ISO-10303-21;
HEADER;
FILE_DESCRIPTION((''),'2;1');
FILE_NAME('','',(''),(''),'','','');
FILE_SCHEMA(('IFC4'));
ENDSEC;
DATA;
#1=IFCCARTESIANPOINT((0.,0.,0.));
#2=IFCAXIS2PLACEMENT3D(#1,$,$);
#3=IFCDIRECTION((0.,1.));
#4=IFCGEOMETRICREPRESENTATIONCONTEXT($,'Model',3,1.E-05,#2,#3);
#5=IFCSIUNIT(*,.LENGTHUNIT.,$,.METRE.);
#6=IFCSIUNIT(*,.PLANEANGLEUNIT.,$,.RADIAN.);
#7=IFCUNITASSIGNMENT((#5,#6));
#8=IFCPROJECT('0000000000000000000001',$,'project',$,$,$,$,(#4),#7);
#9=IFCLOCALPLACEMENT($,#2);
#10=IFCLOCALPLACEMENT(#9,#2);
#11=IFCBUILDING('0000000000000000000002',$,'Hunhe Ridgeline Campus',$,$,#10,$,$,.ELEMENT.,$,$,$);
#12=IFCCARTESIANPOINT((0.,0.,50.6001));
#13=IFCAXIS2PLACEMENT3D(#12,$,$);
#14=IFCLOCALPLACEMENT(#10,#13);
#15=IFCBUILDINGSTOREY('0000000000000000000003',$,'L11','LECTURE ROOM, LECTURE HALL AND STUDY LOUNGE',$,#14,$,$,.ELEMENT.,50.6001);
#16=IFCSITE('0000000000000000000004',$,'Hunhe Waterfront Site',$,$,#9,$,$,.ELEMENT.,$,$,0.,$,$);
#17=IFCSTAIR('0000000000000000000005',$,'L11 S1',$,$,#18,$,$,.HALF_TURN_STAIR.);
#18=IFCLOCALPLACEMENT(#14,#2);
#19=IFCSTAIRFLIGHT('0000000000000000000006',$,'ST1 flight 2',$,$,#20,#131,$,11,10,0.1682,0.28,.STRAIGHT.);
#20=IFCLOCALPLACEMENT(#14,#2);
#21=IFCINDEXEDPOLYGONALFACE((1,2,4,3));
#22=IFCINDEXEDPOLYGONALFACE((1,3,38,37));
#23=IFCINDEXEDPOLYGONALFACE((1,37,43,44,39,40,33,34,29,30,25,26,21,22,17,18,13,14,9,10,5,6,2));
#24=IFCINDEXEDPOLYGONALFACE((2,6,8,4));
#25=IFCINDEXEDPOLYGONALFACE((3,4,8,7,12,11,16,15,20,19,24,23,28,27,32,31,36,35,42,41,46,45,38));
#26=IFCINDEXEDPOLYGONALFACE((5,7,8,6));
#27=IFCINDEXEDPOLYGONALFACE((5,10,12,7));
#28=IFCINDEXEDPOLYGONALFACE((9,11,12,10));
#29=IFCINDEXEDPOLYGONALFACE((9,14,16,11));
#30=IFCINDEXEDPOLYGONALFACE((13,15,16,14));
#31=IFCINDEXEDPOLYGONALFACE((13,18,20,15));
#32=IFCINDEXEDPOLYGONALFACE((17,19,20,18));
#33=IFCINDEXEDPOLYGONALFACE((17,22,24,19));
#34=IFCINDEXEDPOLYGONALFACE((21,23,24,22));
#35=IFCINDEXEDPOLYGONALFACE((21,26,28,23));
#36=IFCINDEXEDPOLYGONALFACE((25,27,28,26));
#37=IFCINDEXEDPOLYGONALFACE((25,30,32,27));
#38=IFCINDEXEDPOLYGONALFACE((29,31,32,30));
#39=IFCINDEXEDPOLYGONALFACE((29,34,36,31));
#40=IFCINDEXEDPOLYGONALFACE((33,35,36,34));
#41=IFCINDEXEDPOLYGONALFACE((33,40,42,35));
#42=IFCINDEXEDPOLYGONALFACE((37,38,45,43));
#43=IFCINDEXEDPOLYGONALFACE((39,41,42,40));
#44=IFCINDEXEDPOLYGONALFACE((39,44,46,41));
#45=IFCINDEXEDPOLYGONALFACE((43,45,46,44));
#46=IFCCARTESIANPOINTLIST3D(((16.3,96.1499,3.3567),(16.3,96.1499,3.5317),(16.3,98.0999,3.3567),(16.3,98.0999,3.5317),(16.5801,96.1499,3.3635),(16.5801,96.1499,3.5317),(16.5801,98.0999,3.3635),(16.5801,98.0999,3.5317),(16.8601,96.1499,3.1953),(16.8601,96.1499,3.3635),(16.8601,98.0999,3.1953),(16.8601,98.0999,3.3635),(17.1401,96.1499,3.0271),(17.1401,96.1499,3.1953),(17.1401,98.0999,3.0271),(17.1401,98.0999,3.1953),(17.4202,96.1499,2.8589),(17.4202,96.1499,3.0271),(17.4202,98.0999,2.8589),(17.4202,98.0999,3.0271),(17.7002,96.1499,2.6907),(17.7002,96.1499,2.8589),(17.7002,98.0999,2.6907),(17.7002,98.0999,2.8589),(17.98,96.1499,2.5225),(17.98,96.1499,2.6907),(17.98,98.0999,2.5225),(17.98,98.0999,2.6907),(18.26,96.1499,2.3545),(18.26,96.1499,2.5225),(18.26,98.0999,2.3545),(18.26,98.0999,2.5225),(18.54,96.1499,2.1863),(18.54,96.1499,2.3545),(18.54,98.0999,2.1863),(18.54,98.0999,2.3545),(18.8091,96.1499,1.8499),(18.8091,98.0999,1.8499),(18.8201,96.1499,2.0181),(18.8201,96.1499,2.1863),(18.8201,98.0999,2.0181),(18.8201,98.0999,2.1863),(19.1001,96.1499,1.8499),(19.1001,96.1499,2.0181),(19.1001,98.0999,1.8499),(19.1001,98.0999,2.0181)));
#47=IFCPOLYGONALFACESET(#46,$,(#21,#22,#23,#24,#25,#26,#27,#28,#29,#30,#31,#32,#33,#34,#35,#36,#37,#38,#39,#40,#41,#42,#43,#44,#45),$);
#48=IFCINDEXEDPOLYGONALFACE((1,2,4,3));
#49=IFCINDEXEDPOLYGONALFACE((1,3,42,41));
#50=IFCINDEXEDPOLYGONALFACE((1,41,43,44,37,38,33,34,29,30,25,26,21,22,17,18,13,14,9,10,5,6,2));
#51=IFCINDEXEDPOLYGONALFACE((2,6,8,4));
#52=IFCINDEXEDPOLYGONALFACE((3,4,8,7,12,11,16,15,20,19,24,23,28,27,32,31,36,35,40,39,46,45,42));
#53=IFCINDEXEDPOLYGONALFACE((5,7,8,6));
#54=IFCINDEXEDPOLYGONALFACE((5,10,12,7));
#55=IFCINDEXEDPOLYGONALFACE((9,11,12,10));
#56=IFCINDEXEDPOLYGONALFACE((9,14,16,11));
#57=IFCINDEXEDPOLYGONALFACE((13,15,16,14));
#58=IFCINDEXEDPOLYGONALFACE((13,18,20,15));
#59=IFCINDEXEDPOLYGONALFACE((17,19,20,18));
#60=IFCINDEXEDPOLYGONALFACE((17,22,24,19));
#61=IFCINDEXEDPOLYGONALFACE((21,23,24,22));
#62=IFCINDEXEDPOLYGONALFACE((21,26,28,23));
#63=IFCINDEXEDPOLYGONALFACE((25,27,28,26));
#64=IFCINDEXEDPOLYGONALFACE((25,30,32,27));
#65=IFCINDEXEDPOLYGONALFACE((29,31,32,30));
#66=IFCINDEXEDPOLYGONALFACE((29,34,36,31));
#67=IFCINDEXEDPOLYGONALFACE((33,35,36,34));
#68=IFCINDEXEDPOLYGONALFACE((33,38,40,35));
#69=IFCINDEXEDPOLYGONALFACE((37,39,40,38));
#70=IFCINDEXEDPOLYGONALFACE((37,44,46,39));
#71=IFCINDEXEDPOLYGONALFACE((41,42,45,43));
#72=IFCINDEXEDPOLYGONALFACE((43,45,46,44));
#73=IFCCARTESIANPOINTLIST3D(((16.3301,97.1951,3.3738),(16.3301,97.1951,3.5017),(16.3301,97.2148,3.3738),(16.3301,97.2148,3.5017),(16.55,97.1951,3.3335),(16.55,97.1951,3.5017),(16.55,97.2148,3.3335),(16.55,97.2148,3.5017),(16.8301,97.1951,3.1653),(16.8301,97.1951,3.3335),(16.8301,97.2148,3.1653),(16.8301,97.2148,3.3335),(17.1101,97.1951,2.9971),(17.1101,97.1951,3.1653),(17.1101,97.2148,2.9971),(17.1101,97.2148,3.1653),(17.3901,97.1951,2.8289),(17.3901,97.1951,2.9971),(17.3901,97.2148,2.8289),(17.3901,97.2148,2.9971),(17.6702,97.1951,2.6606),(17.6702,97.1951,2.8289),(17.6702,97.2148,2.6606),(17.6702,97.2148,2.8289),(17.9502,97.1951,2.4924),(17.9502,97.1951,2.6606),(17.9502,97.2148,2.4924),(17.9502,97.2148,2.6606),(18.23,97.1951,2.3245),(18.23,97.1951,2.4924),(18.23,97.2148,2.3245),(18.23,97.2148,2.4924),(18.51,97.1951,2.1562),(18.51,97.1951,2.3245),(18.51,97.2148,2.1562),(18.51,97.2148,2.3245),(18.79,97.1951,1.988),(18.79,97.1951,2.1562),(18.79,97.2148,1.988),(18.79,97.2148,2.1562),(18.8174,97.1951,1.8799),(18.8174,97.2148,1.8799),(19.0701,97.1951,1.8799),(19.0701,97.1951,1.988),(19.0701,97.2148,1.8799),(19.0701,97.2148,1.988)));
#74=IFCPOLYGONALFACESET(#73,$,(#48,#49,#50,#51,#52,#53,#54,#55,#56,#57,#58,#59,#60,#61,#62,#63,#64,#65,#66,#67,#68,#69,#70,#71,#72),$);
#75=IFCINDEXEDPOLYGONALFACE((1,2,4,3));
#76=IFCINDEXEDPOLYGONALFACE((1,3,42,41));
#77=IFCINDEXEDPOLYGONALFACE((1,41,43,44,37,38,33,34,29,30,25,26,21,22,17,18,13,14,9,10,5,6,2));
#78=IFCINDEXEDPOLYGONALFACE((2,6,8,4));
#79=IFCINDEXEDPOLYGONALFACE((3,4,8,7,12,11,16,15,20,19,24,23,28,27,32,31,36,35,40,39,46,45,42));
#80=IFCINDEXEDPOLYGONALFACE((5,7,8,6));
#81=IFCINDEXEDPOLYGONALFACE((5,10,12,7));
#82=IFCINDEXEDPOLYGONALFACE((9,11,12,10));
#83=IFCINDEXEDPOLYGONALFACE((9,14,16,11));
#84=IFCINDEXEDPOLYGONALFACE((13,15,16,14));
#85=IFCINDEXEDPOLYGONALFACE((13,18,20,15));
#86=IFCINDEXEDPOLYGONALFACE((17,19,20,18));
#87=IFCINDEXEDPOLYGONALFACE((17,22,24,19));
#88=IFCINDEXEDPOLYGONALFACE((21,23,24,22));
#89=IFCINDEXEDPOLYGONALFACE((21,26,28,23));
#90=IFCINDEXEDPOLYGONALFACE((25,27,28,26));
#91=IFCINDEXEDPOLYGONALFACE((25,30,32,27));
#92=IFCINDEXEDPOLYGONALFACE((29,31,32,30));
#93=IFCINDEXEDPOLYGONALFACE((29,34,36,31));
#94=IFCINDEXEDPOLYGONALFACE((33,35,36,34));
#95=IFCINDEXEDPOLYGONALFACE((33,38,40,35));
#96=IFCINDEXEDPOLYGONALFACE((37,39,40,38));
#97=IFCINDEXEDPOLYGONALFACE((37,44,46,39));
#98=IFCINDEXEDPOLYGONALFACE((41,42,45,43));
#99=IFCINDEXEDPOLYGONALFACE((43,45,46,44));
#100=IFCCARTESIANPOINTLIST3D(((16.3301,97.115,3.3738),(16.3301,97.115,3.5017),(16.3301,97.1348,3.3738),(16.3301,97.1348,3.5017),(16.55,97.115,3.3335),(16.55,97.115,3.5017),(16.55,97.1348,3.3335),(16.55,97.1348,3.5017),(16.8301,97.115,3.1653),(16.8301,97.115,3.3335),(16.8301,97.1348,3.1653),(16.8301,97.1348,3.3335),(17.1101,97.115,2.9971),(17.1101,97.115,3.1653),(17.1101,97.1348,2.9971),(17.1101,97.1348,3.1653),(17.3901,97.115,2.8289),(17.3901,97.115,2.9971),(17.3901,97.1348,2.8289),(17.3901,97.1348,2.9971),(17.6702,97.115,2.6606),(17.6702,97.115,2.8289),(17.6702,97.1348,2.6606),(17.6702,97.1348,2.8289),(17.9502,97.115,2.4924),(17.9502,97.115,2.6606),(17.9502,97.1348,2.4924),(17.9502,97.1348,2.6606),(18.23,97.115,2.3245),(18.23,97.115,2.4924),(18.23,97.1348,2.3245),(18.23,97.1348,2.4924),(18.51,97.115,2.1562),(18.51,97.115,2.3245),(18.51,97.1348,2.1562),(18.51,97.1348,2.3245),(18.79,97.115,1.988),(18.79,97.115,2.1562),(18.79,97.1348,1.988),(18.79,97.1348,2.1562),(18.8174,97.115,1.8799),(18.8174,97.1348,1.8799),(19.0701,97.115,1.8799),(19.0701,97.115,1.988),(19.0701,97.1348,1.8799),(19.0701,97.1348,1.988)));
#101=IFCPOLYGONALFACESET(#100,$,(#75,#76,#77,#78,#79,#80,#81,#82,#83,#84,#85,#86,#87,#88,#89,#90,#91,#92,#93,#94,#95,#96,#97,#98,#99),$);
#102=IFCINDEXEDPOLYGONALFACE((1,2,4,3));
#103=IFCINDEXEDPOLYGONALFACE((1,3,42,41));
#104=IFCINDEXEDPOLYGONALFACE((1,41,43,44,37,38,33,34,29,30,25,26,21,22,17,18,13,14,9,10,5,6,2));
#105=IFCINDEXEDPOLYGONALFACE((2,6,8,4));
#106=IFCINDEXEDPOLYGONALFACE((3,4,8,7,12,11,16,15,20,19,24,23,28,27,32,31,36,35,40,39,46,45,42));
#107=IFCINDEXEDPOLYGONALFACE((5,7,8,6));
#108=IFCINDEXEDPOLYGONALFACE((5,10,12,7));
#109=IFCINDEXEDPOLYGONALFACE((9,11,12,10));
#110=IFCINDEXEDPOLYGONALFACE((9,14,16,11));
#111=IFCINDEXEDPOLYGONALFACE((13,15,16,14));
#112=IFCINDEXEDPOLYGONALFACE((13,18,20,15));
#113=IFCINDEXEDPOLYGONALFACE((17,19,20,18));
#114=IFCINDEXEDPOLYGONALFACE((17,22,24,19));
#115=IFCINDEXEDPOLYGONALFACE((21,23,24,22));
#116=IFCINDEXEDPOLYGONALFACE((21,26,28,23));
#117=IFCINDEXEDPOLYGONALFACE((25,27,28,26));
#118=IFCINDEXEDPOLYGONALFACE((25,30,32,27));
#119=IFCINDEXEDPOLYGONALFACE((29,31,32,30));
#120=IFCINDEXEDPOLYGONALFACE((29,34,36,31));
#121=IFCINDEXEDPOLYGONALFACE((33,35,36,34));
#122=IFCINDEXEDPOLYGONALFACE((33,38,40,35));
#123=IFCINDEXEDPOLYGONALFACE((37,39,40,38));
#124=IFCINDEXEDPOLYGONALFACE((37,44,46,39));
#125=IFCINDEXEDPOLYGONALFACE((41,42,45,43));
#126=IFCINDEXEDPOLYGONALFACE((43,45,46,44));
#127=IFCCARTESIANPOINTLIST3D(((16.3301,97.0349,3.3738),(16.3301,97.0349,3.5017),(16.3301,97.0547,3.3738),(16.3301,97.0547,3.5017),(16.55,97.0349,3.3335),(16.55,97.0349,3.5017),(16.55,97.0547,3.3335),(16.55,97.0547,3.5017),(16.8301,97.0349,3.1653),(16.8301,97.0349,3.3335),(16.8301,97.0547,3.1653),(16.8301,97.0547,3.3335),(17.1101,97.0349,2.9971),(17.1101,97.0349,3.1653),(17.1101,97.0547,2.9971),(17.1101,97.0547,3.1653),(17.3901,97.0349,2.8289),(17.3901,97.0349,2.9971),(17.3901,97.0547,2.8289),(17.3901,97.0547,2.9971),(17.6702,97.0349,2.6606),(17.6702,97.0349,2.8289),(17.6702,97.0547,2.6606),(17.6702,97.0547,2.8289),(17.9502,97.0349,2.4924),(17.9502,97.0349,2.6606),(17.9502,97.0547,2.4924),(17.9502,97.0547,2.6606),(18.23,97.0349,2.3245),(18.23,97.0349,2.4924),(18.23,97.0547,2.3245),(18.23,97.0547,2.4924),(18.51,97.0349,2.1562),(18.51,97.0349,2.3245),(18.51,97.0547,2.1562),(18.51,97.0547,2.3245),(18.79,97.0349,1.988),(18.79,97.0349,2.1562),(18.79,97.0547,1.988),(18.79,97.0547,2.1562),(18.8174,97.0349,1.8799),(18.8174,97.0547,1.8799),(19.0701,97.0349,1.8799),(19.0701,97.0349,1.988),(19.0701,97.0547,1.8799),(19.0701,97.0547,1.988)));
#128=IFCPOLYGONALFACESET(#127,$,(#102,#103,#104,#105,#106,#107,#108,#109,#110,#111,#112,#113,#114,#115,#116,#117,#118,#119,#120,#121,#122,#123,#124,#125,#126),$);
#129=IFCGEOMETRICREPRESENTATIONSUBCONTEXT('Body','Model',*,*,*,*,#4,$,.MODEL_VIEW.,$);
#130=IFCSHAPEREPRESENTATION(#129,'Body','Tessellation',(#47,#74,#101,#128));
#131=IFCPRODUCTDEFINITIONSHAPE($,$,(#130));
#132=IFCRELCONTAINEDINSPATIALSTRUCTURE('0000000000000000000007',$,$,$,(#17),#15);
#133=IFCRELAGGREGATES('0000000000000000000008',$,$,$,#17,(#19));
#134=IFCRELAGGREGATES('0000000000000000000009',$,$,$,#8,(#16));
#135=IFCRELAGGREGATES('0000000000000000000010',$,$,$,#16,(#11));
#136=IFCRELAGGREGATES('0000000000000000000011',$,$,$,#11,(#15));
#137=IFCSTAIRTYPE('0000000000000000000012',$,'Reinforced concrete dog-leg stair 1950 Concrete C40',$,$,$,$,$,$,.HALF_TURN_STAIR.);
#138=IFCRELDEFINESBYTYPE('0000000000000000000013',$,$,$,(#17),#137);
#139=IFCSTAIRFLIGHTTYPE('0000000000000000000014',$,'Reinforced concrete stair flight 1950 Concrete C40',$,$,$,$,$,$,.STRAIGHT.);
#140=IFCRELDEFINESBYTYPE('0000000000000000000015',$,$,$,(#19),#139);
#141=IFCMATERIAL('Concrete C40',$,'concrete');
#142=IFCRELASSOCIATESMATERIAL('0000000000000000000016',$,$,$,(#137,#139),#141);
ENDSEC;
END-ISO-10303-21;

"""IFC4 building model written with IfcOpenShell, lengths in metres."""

from ifc_helpers import new_model, si_unit, direction, frame, origin, place, context, subcontext, project, spatial, polyline, outline, extrude, material, type_object, element, aggregate, save


model = new_model("IFC4")

# Units and contexts
model_context = context("Model", 3, precision=1e-05, world=origin(), true_north=direction((0.0, 1.0)))
body_context = subcontext(model_context, "Body", "Model", "MODEL_VIEW")
ifc_project = project(units=[si_unit("LENGTHUNIT", "METRE"), si_unit("PLANEANGLEUNIT", "RADIAN")], contexts=[model_context])

# Site, building, storey
site_placement = place(None, origin())
site = spatial("IfcSite", under=ifc_project, at=site_placement, Name="Hunhe Waterfront Site", CompositionType="ELEMENT", RefElevation=0.0)
building_placement = place(site_placement, origin())
building = spatial("IfcBuilding", under=site, at=building_placement, Name="Hunhe Ridgeline Campus", CompositionType="ELEMENT")
storey_placement = place(building_placement, frame((0.0, 0.0, 50.6001)))
storey = spatial("IfcBuildingStorey", under=building, at=storey_placement, Name="L11", Description="LECTURE ROOM, LECTURE HALL AND STUDY LOUNGE", CompositionType="ELEMENT", Elevation=50.6001)

# Stair, stair flight
ifc_material_1 = material(Name="Concrete C40", Category="concrete")
stair_type = type_object("IfcStairType", Name="Reinforced concrete dog-leg stair 1950 Concrete C40", PredefinedType="HALF_TURN_STAIR", material=ifc_material_1)
stair_placement = place(storey_placement, origin())
stair = element("IfcStair", 1, at=stair_placement, inside=storey, type_object=stair_type, Name="L11 S1", PredefinedType="HALF_TURN_STAIR")
stair_flight_type = type_object("IfcStairFlightType", Name="Reinforced concrete stair flight 1950 Concrete C40", PredefinedType="STRAIGHT", material=ifc_material_1)
stair_flight_1_placement = place(storey_placement, frame((19.1001, 97.125, 1.8499), z_axis=(0.0, 0.0, 1.0), x_axis=(-1.0, 0.0, 0.0)))
stair_flight_1 = element("IfcStairFlight", 2, at=stair_flight_1_placement, type_object=stair_flight_type, Name="ST1 flight 2", NumberOfRisers=11, NumberOfTreads=10, PredefinedType="STRAIGHT", RiserHeight=0.1682, TreadLength=0.28, context=body_context, shape_type="SweptSolid", body=[
    extrude(outline(polyline([(0.0, 0.0), (0.0, 0.1682), (0.28, 0.1682), (0.28, 0.3364), (0.5601, 0.3364), (0.5601, 0.5046), (0.8401, 0.5046), (0.8401, 0.6726), (1.1201, 0.6726), (1.1201, 0.8408), (1.3999, 0.8408), (1.3999, 1.009), (1.6799, 1.009), (1.6799, 1.1772), (1.96, 1.1772), (1.96, 1.3455), (2.24, 1.3455), (2.24, 1.5137), (2.52, 1.5137), (2.52, 1.6819), (2.8, 1.6819), (2.8, 1.8501), (2.8, 1.5068), (0.291, 0.0), (0.0, 0.0)])), frame((0.0, 0.9751, 0.0), z_axis=(0.0, -1.0, 0.0), x_axis=(1.0, 0.0, 0.0)), (0.0, 0.0, 1.0), 1.95),
    extrude(outline(polyline([(0.03, 0.03), (0.03, 0.1382), (0.3101, 0.1382), (0.3101, 0.3064), (0.5901, 0.3064), (0.5901, 0.4746), (0.8701, 0.4746), (0.8701, 0.6426), (1.1499, 0.6426), (1.1499, 0.8108), (1.4299, 0.8108), (1.4299, 0.979), (1.71, 0.979), (1.71, 1.1472), (1.99, 1.1472), (1.99, 1.3154), (2.27, 1.3154), (2.27, 1.4836), (2.55, 1.4836), (2.55, 1.6519), (2.77, 1.6519), (2.77, 1.5239), (0.2827, 0.03), (0.03, 0.03)])), frame((0.0, -0.0701, 0.0), z_axis=(0.0, -1.0, 0.0), x_axis=(1.0, 0.0, 0.0)), (0.0, 0.0, 1.0), 0.0198),
    extrude(outline(polyline([(0.03, 0.03), (0.03, 0.1382), (0.3101, 0.1382), (0.3101, 0.3064), (0.5901, 0.3064), (0.5901, 0.4746), (0.8701, 0.4746), (0.8701, 0.6426), (1.1499, 0.6426), (1.1499, 0.8108), (1.4299, 0.8108), (1.4299, 0.979), (1.71, 0.979), (1.71, 1.1472), (1.99, 1.1472), (1.99, 1.3154), (2.27, 1.3154), (2.27, 1.4836), (2.55, 1.4836), (2.55, 1.6519), (2.77, 1.6519), (2.77, 1.5239), (0.2827, 0.03), (0.03, 0.03)])), frame((0.0, 0.01, 0.0), z_axis=(0.0, -1.0, 0.0), x_axis=(1.0, 0.0, 0.0)), (0.0, 0.0, 1.0), 0.0198),
    extrude(outline(polyline([(0.03, 0.03), (0.03, 0.1382), (0.3101, 0.1382), (0.3101, 0.3064), (0.5901, 0.3064), (0.5901, 0.4746), (0.8701, 0.4746), (0.8701, 0.6426), (1.1499, 0.6426), (1.1499, 0.8108), (1.4299, 0.8108), (1.4299, 0.979), (1.71, 0.979), (1.71, 1.1472), (1.99, 1.1472), (1.99, 1.3154), (2.27, 1.3154), (2.27, 1.4836), (2.55, 1.4836), (2.55, 1.6519), (2.77, 1.6519), (2.77, 1.5239), (0.2827, 0.03), (0.03, 0.03)])), frame((0.0, 0.0901, 0.0), z_axis=(0.0, -1.0, 0.0), x_axis=(1.0, 0.0, 0.0)), (0.0, 0.0, 1.0), 0.0198),
])
aggregate(stair, [stair_flight_1])

save(model, "model.ifc")
